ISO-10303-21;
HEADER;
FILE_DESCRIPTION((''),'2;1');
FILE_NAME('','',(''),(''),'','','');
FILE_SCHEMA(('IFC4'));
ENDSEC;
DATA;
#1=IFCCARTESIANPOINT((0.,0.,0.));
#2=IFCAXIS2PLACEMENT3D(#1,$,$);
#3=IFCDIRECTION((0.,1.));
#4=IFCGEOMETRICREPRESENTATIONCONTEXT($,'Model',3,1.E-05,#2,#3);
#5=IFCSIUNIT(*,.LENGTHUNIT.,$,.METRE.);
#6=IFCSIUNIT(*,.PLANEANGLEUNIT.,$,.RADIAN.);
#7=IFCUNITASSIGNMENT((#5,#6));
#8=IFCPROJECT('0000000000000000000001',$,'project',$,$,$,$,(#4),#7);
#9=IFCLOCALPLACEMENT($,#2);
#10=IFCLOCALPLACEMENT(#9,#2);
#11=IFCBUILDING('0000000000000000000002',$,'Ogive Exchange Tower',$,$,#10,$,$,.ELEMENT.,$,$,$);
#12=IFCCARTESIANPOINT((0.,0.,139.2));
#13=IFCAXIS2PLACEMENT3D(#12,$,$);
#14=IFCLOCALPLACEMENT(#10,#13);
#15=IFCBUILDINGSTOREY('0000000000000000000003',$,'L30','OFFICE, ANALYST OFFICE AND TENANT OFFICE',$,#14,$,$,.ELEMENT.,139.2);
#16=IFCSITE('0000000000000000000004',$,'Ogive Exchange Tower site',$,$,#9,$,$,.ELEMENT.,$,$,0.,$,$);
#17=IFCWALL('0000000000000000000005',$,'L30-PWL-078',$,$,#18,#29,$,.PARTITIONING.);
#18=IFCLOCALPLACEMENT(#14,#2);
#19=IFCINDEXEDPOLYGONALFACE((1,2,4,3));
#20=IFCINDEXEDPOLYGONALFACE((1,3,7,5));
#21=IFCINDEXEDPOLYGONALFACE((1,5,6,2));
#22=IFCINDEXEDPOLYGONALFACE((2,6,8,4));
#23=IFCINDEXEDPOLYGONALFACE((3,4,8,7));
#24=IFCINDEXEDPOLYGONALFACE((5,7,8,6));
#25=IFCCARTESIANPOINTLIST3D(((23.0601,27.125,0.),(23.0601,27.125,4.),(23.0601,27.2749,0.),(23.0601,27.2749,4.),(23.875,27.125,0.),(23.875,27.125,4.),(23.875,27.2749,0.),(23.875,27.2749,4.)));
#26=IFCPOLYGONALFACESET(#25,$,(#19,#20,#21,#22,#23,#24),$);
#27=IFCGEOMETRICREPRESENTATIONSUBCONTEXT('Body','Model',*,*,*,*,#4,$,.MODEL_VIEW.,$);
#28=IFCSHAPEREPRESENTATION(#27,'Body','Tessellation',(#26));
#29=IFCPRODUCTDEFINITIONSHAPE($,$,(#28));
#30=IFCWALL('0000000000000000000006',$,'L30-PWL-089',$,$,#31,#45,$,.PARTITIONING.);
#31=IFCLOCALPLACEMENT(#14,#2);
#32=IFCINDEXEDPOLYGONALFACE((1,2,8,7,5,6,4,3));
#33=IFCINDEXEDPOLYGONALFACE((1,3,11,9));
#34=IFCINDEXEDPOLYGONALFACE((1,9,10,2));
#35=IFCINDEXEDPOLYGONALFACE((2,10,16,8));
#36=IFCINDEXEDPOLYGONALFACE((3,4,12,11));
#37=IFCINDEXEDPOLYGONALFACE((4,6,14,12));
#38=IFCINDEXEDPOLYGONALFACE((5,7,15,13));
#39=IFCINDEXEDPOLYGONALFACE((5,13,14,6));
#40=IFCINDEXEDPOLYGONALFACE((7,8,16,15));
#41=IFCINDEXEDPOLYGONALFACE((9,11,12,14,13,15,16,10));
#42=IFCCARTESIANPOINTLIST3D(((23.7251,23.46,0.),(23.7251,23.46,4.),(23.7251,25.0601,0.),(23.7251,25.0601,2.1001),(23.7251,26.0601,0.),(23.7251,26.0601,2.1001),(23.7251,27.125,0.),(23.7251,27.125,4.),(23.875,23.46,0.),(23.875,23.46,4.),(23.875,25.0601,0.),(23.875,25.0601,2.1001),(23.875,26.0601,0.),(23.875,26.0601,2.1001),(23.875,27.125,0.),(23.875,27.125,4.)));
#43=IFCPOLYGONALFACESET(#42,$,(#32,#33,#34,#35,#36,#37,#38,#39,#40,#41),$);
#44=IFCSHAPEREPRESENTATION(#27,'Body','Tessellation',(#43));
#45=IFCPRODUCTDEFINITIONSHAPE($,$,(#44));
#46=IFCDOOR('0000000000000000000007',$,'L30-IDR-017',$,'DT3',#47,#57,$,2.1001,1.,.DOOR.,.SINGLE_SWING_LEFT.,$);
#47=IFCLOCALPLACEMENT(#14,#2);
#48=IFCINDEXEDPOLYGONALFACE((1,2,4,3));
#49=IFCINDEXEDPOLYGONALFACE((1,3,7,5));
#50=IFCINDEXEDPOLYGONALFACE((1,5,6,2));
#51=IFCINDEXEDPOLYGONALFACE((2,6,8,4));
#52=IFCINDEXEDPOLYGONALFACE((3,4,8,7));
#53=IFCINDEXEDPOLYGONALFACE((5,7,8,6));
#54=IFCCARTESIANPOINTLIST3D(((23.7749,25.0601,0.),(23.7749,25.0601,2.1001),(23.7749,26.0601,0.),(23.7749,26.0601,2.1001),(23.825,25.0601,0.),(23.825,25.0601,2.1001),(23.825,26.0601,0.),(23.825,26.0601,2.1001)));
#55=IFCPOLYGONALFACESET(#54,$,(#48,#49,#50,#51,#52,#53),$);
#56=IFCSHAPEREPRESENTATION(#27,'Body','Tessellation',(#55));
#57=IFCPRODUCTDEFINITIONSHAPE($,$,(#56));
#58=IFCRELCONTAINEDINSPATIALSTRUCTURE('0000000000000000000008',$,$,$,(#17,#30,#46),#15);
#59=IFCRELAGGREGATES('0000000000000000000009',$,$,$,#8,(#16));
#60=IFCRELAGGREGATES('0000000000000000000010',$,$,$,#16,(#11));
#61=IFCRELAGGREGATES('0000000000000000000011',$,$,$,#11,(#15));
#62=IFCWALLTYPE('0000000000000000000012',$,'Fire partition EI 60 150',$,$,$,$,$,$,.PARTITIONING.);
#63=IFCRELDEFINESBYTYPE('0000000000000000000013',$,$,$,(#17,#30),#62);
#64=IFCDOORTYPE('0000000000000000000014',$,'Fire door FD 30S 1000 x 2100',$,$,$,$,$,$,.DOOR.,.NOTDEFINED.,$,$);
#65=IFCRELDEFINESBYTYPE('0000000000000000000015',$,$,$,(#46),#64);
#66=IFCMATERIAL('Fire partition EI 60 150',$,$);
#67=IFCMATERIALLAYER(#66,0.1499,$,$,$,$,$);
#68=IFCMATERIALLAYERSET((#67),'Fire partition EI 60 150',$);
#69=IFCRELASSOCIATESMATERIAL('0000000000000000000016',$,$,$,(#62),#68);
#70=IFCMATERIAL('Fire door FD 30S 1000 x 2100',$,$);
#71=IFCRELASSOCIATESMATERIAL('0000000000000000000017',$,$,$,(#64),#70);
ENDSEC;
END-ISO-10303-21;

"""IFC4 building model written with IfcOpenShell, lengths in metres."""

from ifc_helpers import new_model, si_unit, direction, frame, frame_2d, origin, place, context, subcontext, project, spatial, rectangle, extrude, material, layer, layer_set, type_object, element, fill, save


model = new_model("IFC4")

# Units and contexts
model_context = context("Model", 3, precision=1e-05, world=origin(), true_north=direction((0.0, 1.0)))
body_context = subcontext(model_context, "Body", "Model", "MODEL_VIEW")
ifc_project = project(units=[si_unit("LENGTHUNIT", "METRE"), si_unit("PLANEANGLEUNIT", "RADIAN")], contexts=[model_context])

# Site, building, storey
site_placement = place(None, origin())
site = spatial("IfcSite", under=ifc_project, at=site_placement, Name="Ogive Exchange Tower site", CompositionType="ELEMENT", RefElevation=0.0)
building_placement = place(site_placement, origin())
building = spatial("IfcBuilding", under=site, at=building_placement, Name="Ogive Exchange Tower", CompositionType="ELEMENT")
storey_placement = place(building_placement, frame((0.0, 0.0, 139.2)))
storey = spatial("IfcBuildingStorey", under=building, at=storey_placement, Name="L30", Description="OFFICE, ANALYST OFFICE AND TENANT OFFICE", CompositionType="ELEMENT", Elevation=139.2)

# Wall
ifc_material_1 = material(Name="Fire partition EI 60 150")
ifc_layer_1 = layer(ifc_material_1, 0.1499)
ifc_layer_set_1 = layer_set([ifc_layer_1], Name="Fire partition EI 60 150")
wall_type_1 = type_object("IfcWallType", Name="Fire partition EI 60 150", PredefinedType="PARTITIONING", material=ifc_layer_set_1)
wall_1_placement = place(storey_placement, frame((23.0601, 27.2, 0.0), z_axis=(0.0, 0.0, 1.0), x_axis=(1.0, 0.0, 0.0)))
element("IfcWall", 1, at=wall_1_placement, inside=storey, type_object=wall_type_1, Name="L30-PWL-078", PredefinedType="PARTITIONING", context=body_context, shape_type="SweptSolid", body=[
    extrude(rectangle(XDim=0.8149, YDim=0.1499, at=frame_2d((0.4075, 0.0))), origin(), (0.0, 0.0, 1.0), 4.0),
])

# Wall, opening, door
wall_2_placement = place(storey_placement, frame((23.8, 27.125, 0.0), z_axis=(0.0, 0.0, 1.0), x_axis=(0.0, -1.0, 0.0)))
wall_2 = element("IfcWall", 2, at=wall_2_placement, inside=storey, type_object=wall_type_1, Name="L30-PWL-089", PredefinedType="PARTITIONING", context=body_context, shape_type="SweptSolid", body=[
    extrude(rectangle(XDim=3.665, YDim=0.1499, at=frame_2d((1.8325, 0.0))), origin(), (0.0, 0.0, 1.0), 4.0),
])
opening_1_placement = place(wall_2_placement, frame((1.0649, 0.0, 0.0)))
opening_1 = element("IfcOpeningElement", 3, at=opening_1_placement, cuts=wall_2, PredefinedType="OPENING", context=body_context, shape_type="SweptSolid", body=[
    extrude(rectangle(XDim=1.0, YDim=2.1001, at=frame_2d((0.5, 1.05))), frame((0.0, 0.085, 0.0), z_axis=(0.0, -1.0, 0.0), x_axis=(1.0, 0.0, 0.0)), (0.0, 0.0, 1.0), 0.1699),
])
ifc_material_2 = material(Name="Fire door FD 30S 1000 x 2100")
door_type_1 = type_object("IfcDoorType", Name="Fire door FD 30S 1000 x 2100", OperationType="NOTDEFINED", PredefinedType="DOOR", material=ifc_material_2)
door_1_placement = place(opening_1_placement, origin())
door_1 = element("IfcDoor", 4, at=door_1_placement, inside=storey, type_object=door_type_1, Name="L30-IDR-017", ObjectType="DT3", OperationType="SINGLE_SWING_LEFT", OverallHeight=2.1001, OverallWidth=1.0, PredefinedType="DOOR", context=body_context, shape_type="SweptSolid", body=[
    extrude(rectangle(XDim=1.0, YDim=2.1001, at=frame_2d((0.5, 1.05))), frame((0.0, 0.0249, 0.0), z_axis=(0.0, -1.0, 0.0), x_axis=(1.0, 0.0, 0.0)), (0.0, 0.0, 1.0), 0.05),
])
fill(opening_1, door_1)

save(model, "model.ifc")
